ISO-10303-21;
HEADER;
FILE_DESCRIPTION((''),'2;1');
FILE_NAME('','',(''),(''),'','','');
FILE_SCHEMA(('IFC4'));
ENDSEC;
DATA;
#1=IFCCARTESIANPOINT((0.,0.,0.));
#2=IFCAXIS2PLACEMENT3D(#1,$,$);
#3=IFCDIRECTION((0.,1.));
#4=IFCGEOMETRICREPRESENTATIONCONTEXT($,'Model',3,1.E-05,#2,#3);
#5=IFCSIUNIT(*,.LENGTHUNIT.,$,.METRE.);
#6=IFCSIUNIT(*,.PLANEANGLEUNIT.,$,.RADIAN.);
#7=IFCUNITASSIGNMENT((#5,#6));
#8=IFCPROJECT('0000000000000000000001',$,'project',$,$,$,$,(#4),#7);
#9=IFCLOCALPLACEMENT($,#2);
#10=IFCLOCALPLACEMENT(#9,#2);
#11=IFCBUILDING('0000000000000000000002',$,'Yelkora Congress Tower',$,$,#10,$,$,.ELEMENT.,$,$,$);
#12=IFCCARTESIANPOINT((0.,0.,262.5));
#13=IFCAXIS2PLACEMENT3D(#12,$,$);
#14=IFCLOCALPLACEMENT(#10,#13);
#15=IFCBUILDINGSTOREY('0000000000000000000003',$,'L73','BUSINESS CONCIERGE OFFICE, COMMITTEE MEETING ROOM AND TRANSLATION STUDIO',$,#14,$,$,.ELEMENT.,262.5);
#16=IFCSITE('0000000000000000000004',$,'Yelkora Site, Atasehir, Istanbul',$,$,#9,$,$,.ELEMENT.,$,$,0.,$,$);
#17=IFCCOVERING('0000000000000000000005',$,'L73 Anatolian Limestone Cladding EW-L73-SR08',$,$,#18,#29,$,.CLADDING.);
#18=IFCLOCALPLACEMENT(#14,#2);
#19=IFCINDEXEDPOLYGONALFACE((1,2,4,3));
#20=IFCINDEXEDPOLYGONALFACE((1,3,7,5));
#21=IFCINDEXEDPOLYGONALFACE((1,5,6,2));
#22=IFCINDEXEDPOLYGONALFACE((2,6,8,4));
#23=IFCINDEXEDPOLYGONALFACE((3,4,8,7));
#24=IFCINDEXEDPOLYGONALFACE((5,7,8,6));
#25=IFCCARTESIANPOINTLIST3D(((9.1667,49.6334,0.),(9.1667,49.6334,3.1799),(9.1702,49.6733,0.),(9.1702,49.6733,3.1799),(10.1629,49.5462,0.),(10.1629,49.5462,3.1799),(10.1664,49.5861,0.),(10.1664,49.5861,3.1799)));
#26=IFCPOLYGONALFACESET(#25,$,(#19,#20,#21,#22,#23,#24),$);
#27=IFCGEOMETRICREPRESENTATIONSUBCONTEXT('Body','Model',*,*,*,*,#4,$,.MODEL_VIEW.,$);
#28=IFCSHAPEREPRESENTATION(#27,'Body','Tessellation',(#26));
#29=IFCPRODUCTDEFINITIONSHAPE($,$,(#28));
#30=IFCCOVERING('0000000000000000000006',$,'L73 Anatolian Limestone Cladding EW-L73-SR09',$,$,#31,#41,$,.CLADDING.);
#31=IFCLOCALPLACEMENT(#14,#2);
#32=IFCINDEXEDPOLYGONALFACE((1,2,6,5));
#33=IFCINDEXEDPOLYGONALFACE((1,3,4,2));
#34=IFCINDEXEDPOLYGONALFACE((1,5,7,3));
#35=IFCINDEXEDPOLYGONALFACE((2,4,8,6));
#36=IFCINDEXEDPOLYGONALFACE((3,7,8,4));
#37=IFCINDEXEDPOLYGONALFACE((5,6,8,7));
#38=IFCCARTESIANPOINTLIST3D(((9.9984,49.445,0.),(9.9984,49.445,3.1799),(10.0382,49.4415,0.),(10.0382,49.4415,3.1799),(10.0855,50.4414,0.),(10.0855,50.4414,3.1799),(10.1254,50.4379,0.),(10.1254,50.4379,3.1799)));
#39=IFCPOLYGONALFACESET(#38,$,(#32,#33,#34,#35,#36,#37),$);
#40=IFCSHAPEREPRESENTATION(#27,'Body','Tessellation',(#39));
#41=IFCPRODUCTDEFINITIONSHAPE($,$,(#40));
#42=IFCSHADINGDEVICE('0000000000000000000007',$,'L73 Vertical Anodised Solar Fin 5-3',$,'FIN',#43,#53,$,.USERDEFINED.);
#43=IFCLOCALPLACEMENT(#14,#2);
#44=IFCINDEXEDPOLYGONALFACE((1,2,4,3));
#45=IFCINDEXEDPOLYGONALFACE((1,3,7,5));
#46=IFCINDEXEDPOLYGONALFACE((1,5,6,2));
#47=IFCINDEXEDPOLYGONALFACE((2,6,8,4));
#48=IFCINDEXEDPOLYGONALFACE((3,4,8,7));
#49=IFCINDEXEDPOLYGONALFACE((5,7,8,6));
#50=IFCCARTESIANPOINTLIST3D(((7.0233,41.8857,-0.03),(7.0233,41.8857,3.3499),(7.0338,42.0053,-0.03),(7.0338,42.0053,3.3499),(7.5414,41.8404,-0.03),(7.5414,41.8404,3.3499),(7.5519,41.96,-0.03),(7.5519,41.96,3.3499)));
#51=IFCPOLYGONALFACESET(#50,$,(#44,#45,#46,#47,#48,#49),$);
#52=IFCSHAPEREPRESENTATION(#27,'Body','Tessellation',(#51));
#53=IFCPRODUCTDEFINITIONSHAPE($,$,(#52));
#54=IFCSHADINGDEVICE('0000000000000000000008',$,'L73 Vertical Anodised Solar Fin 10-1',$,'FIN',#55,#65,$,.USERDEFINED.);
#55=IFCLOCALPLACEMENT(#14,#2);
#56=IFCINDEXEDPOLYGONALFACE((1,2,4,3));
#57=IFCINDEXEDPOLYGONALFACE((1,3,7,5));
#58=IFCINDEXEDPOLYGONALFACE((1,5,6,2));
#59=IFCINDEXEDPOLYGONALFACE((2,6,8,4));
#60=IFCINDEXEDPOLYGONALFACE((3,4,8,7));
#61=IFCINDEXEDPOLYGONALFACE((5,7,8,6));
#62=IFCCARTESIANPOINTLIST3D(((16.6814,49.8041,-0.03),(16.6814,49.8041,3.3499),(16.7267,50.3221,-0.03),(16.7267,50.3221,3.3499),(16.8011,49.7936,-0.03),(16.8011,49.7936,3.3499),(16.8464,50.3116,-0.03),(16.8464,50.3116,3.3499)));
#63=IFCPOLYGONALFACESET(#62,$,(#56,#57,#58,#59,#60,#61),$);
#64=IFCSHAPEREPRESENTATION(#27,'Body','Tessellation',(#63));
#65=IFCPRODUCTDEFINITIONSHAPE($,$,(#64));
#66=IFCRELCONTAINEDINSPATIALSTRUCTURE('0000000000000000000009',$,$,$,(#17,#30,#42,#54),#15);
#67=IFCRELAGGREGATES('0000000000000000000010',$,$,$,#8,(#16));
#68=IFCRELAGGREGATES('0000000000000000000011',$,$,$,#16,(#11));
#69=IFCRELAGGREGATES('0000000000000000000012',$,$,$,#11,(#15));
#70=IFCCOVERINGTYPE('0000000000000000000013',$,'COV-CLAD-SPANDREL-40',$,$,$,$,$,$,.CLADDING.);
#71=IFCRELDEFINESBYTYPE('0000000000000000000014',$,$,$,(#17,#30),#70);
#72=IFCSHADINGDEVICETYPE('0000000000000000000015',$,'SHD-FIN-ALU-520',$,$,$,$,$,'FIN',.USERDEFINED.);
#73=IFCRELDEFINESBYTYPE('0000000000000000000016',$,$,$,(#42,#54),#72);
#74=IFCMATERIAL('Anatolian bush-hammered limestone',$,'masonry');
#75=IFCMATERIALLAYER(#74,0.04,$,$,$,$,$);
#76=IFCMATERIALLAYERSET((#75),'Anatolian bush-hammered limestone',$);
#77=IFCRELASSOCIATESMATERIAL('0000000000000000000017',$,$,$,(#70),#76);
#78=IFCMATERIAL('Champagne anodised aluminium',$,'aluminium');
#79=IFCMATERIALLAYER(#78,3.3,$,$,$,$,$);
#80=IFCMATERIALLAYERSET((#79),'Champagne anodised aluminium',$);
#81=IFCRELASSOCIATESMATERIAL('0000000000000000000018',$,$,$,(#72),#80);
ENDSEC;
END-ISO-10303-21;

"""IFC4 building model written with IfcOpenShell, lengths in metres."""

from ifc_helpers import new_model, si_unit, direction, frame, frame_2d, origin, origin_2d, place, context, subcontext, project, spatial, rectangle, extrude, material, layer, layer_set, type_object, element, save


model = new_model("IFC4")

# Units and contexts
model_context = context("Model", 3, precision=1e-05, world=origin(), true_north=direction((0.0, 1.0)))
body_context = subcontext(model_context, "Body", "Model", "MODEL_VIEW")
ifc_project = project(units=[si_unit("LENGTHUNIT", "METRE"), si_unit("PLANEANGLEUNIT", "RADIAN")], contexts=[model_context])

# Site, building, storey
site_placement = place(None, origin())
site = spatial("IfcSite", under=ifc_project, at=site_placement, Name="Yelkora Site, Atasehir, Istanbul", CompositionType="ELEMENT", RefElevation=0.0)
building_placement = place(site_placement, origin())
building = spatial("IfcBuilding", under=site, at=building_placement, Name="Yelkora Congress Tower", CompositionType="ELEMENT")
storey_placement = place(building_placement, frame((0.0, 0.0, 262.5)))
storey = spatial("IfcBuildingStorey", under=building, at=storey_placement, Name="L73", Description="BUSINESS CONCIERGE OFFICE, COMMITTEE MEETING ROOM AND TRANSLATION STUDIO", CompositionType="ELEMENT", Elevation=262.5)

# Coverings
ifc_material_1 = material(Name="Anatolian bush-hammered limestone", Category="masonry")
ifc_layer_1 = layer(ifc_material_1, 0.04)
ifc_layer_set_1 = layer_set([ifc_layer_1], Name="Anatolian bush-hammered limestone")
covering_type = type_object("IfcCoveringType", Name="COV-CLAD-SPANDREL-40", PredefinedType="CLADDING", material=ifc_layer_set_1)
covering_1_placement = place(storey_placement, frame((9.1685, 49.6533, 0.0), z_axis=(0.0, 0.0, 1.0), x_axis=(0.996194, -0.087167, 0.0)))
element("IfcCovering", 1, at=covering_1_placement, inside=storey, type_object=covering_type, Name="L73 Anatolian Limestone Cladding EW-L73-SR08", PredefinedType="CLADDING", context=body_context, shape_type="SweptSolid", body=[
    extrude(rectangle(XDim=1.0, YDim=0.04, at=frame_2d((0.5, 0.0))), origin(), (0.0, 0.0, 1.0), 3.1799),
])
covering_2_placement = place(storey_placement, frame((10.0183, 49.4434, 0.0), z_axis=(0.0, 0.0, 1.0), x_axis=(0.087146, 0.996196, 0.0)))
element("IfcCovering", 2, at=covering_2_placement, inside=storey, type_object=covering_type, Name="L73 Anatolian Limestone Cladding EW-L73-SR09", PredefinedType="CLADDING", context=body_context, shape_type="SweptSolid", body=[
    extrude(rectangle(XDim=1.0002, YDim=0.04, at=frame_2d((0.5, 0.0))), origin(), (0.0, 0.0, 1.0), 3.1799),
])

# Shading devices
ifc_material_2 = material(Name="Champagne anodised aluminium", Category="aluminium")
ifc_layer_2 = layer(ifc_material_2, 3.3)
ifc_layer_set_2 = layer_set([ifc_layer_2], Name="Champagne anodised aluminium")
shading_device_type = type_object("IfcShadingDeviceType", Name="SHD-FIN-ALU-520", ElementType="FIN", PredefinedType="USERDEFINED", material=ifc_layer_set_2)
for number, where, z_axis, x_axis, name in (
    (3, (7.2876, 41.9229, -0.03), (0.0, 0.0, 1.0), (0.087156, 0.996195, 0.0), "L73 Vertical Anodised Solar Fin 5-3"),
    (4, (16.7639, 50.0579, -0.03), (0.0, 0.0, 1.0), (0.996195, -0.087156, 0.0), "L73 Vertical Anodised Solar Fin 10-1"),
):
    element("IfcShadingDevice", number, at=place(storey_placement, frame(where, z_axis=z_axis, x_axis=x_axis)), inside=storey, type_object=shading_device_type, Name=name, ObjectType="FIN", PredefinedType="USERDEFINED", context=body_context, shape_type="SweptSolid", body=[
        extrude(rectangle(XDim=0.1201, YDim=0.52, at=origin_2d()), origin(), (0.0, 0.0, 1.0), 3.3799),
    ])

save(model, "model.ifc")
